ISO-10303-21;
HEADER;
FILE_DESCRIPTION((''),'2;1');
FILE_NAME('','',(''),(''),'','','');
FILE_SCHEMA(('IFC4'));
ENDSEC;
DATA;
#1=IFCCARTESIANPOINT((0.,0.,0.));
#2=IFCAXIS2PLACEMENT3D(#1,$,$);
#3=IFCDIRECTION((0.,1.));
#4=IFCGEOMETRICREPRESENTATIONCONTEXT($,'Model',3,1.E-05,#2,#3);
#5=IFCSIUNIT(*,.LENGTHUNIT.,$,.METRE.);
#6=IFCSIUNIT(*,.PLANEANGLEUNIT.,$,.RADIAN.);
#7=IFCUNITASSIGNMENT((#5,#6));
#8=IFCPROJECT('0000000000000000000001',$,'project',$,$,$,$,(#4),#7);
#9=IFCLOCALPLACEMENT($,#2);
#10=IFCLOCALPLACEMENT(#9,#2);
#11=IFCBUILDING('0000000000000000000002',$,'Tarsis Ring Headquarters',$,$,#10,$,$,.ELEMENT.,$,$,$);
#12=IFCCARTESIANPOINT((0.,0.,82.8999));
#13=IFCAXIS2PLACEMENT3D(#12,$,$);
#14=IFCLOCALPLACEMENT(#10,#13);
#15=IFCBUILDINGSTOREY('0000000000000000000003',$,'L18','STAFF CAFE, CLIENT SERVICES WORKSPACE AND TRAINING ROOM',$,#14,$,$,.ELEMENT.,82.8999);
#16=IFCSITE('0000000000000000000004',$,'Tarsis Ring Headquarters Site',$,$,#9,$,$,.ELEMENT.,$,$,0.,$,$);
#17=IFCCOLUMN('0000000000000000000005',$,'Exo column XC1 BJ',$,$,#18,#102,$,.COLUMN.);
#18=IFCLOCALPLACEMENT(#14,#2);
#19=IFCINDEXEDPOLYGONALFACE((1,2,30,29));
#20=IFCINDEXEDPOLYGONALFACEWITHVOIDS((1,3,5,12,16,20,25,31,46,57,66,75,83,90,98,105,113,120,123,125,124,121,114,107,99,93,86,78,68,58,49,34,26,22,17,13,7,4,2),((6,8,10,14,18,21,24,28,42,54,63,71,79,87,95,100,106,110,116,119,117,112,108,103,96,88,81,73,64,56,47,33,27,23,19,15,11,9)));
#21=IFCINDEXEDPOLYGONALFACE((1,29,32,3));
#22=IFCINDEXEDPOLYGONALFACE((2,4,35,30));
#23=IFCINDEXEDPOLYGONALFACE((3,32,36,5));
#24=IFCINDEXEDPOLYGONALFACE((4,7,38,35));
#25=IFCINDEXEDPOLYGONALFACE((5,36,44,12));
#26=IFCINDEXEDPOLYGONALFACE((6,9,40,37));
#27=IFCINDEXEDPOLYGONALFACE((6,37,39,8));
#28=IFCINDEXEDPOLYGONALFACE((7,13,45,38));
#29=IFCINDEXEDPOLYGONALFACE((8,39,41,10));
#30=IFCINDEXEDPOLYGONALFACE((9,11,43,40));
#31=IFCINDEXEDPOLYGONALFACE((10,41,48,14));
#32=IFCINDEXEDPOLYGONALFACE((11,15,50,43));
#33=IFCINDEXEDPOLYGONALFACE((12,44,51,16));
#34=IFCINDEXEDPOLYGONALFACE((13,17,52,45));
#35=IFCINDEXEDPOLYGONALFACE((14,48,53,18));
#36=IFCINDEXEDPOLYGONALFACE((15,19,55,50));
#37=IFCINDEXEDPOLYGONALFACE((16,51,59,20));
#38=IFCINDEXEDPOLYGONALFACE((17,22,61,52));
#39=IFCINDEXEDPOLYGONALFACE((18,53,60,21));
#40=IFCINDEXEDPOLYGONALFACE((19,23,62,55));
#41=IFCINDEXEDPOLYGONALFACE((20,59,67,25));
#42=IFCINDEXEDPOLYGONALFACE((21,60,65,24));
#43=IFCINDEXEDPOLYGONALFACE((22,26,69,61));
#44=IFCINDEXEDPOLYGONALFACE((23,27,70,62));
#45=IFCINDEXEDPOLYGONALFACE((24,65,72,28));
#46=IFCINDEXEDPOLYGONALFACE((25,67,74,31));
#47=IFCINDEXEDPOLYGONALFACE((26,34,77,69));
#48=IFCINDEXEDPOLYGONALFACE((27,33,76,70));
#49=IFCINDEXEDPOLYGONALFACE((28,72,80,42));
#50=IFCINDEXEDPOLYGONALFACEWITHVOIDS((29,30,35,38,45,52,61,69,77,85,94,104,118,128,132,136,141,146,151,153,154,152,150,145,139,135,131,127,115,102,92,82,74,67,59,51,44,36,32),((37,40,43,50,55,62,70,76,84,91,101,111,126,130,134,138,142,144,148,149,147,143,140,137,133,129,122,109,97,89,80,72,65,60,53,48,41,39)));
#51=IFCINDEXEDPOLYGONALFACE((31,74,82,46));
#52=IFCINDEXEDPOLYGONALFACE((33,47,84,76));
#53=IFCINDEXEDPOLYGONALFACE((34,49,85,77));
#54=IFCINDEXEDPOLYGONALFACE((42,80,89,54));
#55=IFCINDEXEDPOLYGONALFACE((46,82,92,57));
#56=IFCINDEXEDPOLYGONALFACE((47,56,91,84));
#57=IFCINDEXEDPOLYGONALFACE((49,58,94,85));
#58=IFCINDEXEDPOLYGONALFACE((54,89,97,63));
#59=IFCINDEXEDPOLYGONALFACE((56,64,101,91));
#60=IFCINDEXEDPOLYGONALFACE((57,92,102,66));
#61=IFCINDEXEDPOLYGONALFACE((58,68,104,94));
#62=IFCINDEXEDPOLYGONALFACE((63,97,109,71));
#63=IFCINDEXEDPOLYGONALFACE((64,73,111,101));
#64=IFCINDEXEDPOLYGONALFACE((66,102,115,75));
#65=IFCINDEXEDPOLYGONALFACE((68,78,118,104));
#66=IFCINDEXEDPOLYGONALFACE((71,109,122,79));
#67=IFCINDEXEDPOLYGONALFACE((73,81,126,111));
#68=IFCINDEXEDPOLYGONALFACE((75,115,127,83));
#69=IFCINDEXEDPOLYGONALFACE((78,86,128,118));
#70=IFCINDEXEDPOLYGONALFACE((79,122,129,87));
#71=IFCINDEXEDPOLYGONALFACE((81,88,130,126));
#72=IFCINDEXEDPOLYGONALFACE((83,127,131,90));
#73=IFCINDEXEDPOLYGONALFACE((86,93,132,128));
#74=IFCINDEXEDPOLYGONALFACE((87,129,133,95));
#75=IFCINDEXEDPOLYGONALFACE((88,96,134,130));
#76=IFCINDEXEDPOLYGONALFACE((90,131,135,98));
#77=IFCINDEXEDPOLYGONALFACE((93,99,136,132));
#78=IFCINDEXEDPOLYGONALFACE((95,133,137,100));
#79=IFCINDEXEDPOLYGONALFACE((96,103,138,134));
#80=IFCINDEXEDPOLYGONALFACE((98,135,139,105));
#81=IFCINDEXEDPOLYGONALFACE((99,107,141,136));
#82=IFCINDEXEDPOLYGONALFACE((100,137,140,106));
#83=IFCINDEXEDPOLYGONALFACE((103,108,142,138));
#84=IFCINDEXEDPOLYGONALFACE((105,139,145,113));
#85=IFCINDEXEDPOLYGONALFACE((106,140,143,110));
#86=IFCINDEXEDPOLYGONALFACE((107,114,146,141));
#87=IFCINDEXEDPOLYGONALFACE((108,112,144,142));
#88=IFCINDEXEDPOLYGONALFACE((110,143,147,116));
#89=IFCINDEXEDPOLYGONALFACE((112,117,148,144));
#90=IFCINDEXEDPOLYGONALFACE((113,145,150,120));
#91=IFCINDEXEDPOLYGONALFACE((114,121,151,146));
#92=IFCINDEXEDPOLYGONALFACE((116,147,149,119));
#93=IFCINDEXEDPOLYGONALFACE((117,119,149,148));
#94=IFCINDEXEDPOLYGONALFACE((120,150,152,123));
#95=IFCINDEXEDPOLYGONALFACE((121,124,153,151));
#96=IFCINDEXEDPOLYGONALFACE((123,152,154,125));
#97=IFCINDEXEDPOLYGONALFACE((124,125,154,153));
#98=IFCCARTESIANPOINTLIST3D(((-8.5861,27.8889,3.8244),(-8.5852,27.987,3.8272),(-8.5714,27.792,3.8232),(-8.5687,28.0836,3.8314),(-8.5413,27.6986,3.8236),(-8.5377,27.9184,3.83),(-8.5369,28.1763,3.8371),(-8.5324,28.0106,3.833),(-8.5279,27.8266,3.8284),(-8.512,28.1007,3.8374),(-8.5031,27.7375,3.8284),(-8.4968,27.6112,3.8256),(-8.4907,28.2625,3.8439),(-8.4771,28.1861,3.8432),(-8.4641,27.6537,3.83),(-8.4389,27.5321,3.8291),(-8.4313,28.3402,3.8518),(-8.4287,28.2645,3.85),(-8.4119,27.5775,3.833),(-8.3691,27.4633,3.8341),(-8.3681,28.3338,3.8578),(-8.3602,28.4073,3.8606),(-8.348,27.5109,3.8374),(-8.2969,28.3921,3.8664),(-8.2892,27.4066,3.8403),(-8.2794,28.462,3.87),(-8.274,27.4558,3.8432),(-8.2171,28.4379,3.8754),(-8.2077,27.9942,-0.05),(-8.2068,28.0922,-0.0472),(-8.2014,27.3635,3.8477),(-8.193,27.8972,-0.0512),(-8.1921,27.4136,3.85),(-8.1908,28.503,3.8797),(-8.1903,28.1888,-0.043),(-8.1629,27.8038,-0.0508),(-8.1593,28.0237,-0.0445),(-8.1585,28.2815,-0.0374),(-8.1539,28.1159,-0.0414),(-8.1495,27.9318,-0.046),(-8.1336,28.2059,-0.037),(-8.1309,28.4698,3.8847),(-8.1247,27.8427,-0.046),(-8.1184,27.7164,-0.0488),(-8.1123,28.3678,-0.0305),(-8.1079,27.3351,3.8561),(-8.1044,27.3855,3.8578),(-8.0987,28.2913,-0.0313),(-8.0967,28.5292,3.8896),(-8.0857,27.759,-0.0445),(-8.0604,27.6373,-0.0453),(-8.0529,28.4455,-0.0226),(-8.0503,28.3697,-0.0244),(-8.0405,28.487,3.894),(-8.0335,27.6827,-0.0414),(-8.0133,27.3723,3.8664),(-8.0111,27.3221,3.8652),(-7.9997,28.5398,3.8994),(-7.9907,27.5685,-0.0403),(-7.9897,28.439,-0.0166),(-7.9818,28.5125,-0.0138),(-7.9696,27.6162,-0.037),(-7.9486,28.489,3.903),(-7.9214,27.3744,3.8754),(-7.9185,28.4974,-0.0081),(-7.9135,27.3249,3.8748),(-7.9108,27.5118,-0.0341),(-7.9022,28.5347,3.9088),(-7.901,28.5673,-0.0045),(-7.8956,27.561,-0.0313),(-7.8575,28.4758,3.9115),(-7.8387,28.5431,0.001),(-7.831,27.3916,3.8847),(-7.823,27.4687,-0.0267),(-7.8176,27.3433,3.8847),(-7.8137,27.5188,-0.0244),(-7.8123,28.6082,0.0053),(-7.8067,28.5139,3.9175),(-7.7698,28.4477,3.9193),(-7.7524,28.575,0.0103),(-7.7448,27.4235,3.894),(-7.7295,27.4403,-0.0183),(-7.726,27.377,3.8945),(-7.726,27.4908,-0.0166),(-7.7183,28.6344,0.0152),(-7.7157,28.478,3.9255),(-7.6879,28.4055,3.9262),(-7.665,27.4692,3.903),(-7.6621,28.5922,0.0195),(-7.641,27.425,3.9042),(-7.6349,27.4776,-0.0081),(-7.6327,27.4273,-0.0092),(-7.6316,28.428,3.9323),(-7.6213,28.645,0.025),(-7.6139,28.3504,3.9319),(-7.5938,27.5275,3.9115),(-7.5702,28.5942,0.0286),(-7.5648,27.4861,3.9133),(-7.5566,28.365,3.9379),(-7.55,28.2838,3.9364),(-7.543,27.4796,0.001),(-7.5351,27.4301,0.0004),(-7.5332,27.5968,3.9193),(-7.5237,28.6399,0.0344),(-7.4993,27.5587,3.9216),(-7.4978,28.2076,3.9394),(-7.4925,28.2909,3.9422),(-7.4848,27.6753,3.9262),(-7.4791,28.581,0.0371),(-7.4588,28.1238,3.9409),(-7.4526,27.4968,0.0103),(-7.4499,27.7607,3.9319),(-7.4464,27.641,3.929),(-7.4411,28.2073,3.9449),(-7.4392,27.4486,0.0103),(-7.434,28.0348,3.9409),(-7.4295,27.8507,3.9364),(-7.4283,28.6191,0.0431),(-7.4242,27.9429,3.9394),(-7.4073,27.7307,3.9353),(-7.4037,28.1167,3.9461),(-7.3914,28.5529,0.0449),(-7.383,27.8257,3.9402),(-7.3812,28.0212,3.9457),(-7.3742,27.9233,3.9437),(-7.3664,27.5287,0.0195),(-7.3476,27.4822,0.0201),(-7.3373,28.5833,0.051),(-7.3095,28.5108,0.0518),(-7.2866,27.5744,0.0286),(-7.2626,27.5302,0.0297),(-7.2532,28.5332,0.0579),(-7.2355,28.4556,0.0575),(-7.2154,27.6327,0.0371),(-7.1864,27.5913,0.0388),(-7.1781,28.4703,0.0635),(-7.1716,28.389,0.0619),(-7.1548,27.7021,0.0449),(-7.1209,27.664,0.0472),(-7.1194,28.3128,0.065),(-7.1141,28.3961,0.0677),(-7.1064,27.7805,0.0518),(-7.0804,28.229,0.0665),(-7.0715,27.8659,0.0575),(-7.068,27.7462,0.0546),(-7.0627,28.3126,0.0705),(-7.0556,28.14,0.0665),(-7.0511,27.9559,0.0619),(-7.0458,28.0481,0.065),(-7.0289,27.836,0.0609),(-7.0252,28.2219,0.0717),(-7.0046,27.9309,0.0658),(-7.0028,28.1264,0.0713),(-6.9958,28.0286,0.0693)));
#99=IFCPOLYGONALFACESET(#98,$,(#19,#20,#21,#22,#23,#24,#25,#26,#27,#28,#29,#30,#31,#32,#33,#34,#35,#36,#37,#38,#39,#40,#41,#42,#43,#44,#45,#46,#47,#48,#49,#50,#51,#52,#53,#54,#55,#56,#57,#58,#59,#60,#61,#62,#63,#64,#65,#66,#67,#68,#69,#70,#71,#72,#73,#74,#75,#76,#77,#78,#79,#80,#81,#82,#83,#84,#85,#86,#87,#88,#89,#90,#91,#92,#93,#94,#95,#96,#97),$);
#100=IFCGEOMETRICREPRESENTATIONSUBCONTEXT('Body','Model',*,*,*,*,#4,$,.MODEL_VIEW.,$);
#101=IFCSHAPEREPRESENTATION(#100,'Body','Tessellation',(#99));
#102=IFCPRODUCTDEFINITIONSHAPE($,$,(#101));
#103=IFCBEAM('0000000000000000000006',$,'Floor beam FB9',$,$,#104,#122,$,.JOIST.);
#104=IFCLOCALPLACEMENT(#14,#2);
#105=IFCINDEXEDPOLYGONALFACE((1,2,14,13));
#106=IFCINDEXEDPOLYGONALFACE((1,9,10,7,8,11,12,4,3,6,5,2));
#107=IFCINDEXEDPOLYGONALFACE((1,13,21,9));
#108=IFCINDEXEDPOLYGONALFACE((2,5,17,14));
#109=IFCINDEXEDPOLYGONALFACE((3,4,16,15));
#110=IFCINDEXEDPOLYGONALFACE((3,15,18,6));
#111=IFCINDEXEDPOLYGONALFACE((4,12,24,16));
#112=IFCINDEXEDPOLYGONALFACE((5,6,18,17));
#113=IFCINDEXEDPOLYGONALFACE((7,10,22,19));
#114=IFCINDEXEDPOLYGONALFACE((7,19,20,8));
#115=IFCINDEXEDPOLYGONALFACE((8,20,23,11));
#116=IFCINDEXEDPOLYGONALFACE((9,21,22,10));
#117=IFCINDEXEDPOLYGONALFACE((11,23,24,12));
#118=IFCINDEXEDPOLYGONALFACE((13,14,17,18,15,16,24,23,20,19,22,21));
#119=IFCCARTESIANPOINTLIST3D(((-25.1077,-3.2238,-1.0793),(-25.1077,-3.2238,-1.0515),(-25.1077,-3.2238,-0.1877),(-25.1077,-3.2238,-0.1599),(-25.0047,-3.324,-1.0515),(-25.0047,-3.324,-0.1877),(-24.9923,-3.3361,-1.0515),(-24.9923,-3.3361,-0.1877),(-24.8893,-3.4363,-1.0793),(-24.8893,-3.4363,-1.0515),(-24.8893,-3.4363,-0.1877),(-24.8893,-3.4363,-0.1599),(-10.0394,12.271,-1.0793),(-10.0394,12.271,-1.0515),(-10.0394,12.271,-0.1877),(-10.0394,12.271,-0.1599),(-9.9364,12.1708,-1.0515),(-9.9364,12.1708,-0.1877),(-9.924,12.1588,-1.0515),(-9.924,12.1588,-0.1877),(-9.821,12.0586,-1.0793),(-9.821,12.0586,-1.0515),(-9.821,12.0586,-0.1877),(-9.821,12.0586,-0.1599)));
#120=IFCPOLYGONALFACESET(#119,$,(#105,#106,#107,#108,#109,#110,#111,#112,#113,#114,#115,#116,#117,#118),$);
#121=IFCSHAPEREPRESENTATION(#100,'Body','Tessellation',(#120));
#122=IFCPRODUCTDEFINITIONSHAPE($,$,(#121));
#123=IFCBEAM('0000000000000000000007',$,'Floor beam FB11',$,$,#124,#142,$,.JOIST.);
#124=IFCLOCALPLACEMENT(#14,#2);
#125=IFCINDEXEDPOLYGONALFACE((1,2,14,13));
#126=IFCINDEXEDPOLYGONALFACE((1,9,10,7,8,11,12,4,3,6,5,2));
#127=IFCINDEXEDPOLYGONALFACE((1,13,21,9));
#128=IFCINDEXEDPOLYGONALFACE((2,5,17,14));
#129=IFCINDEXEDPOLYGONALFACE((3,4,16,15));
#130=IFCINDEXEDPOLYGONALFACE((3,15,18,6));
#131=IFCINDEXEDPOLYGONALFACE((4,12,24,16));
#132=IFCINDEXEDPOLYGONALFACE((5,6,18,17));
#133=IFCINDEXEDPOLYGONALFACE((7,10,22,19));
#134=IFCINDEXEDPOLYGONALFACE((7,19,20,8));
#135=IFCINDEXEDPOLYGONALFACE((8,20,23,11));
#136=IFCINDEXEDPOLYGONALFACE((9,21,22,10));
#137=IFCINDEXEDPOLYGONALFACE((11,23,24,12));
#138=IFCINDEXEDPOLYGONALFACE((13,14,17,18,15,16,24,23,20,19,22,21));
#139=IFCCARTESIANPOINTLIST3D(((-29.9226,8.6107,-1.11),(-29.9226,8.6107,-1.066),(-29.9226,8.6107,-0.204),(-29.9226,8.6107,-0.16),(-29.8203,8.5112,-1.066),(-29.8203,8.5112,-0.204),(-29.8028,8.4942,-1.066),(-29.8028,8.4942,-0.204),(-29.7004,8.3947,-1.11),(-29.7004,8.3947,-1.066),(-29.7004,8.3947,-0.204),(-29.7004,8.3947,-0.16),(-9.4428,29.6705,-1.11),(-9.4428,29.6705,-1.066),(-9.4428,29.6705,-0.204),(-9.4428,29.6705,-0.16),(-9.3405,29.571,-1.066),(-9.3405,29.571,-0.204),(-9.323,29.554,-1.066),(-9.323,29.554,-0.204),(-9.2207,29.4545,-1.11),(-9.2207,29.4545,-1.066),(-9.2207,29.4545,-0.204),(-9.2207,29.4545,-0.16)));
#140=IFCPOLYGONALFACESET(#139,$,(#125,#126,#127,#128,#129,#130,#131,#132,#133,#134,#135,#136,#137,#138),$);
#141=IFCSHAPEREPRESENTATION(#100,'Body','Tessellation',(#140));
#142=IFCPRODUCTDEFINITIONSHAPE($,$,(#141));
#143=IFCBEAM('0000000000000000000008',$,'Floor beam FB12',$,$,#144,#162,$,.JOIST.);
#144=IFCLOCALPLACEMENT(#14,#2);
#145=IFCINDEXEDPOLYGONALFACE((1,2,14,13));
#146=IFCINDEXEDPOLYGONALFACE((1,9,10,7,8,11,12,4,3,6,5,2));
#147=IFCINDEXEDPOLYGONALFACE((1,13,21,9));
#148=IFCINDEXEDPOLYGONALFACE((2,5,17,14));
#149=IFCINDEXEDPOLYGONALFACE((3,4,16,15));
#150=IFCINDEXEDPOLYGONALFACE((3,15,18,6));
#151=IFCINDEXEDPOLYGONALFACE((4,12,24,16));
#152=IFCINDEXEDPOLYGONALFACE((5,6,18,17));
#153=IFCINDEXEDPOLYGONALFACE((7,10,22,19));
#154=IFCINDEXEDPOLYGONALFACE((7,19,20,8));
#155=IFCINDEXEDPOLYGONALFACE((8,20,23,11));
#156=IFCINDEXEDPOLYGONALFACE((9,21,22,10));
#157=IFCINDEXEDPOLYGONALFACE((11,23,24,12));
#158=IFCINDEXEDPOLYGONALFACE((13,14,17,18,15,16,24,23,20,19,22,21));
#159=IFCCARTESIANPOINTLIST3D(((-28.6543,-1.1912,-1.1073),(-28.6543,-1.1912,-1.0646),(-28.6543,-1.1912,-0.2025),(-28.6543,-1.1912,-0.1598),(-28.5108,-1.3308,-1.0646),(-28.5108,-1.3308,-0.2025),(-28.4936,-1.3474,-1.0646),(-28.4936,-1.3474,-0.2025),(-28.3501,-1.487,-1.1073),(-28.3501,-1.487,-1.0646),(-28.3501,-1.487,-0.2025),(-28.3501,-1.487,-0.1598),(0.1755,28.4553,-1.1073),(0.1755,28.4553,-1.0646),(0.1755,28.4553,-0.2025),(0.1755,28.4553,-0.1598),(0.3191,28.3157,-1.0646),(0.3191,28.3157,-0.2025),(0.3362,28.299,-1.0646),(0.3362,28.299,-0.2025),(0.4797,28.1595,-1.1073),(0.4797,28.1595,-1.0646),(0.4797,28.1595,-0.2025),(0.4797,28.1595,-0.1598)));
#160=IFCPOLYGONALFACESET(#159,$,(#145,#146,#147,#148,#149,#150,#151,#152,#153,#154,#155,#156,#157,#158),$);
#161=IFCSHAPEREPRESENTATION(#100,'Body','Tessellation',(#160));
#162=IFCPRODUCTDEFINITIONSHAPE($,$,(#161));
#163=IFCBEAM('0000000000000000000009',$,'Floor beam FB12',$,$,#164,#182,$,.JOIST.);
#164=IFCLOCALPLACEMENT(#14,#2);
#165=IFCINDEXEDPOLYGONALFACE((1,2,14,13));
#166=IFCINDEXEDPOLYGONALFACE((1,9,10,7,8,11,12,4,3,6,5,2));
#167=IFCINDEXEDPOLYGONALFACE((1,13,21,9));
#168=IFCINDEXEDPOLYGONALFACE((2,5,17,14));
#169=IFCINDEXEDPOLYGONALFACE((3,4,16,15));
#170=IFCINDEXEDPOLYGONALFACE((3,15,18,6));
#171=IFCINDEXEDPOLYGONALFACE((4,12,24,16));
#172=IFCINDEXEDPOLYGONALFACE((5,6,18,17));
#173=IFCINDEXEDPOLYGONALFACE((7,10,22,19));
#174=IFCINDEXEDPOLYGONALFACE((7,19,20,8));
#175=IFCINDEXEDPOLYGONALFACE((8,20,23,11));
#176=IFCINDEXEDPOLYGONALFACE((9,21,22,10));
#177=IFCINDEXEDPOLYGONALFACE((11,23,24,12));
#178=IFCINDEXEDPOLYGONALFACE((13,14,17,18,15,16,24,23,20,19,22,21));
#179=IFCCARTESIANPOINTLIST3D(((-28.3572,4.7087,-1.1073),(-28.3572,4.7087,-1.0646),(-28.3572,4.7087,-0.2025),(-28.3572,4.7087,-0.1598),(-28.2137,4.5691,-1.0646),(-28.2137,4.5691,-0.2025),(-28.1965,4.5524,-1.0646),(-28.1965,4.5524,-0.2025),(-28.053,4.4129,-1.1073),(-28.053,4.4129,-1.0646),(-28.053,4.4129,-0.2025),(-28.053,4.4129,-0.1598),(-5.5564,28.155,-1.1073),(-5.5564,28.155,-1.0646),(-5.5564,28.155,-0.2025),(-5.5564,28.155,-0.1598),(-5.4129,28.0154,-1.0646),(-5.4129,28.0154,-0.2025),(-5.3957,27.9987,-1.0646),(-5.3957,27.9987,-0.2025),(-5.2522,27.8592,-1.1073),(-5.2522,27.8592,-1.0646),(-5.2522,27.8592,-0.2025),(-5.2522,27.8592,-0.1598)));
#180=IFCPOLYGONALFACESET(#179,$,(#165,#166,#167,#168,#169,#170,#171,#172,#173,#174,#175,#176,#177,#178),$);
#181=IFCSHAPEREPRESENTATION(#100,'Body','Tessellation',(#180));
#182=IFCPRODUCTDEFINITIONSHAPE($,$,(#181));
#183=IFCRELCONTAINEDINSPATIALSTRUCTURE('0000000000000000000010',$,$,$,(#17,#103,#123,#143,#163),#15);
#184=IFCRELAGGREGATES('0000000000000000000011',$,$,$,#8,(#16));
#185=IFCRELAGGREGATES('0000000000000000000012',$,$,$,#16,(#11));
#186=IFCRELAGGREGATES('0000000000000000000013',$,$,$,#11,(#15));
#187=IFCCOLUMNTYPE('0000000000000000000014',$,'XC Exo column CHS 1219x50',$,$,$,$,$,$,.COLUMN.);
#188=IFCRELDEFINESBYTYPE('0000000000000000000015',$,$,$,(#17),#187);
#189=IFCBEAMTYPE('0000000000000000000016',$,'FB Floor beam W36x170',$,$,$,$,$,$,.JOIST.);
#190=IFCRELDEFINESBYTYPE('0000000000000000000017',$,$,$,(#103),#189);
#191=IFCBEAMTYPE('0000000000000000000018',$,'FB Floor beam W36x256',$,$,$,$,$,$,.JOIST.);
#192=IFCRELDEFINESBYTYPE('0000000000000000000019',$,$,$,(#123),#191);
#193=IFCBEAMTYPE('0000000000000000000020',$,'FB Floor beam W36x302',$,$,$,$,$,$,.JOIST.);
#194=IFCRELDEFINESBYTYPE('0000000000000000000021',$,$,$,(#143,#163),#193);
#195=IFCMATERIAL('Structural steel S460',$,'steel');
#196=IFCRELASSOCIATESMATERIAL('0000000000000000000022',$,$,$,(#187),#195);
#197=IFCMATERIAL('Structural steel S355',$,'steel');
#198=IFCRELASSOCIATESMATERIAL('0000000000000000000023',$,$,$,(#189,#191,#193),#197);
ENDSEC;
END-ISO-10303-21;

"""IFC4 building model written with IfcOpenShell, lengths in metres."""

from ifc_helpers import new_model, si_unit, direction, frame, origin, origin_2d, place, context, subcontext, project, spatial, hollow_circle, i_section, extrude, material, material_profile, profile_set, type_object, element, save


model = new_model("IFC4")

# Units and contexts
model_context = context("Model", 3, precision=1e-05, world=origin(), true_north=direction((0.0, 1.0)))
body_context = subcontext(model_context, "Body", "Model", "MODEL_VIEW")
ifc_project = project(units=[si_unit("LENGTHUNIT", "METRE"), si_unit("PLANEANGLEUNIT", "RADIAN")], contexts=[model_context])

# Site, building, storey
site_placement = place(None, origin())
site = spatial("IfcSite", under=ifc_project, at=site_placement, Name="Tarsis Ring Headquarters Site", CompositionType="ELEMENT", RefElevation=0.0)
building_placement = place(site_placement, origin())
building = spatial("IfcBuilding", under=site, at=building_placement, Name="Tarsis Ring Headquarters", CompositionType="ELEMENT")
storey_placement = place(building_placement, frame((0.0, 0.0, 82.8999)))
storey = spatial("IfcBuildingStorey", under=building, at=storey_placement, Name="L18", Description="STAFF CAFE, CLIENT SERVICES WORKSPACE AND TRAINING ROOM", CompositionType="ELEMENT", Elevation=82.8999)

# Column
ifc_material_1 = material(Name="Structural steel S460", Category="steel")
ifc_material_profile_1 = material_profile(ifc_material_1, hollow_circle(Radius=0.6096, WallThickness=0.05, at=origin_2d()), Name="CHS 1219x50")
ifc_profile_set_1 = profile_set([ifc_material_profile_1], Name="Structural steel S460")
column_type = type_object("IfcColumnType", Name="XC Exo column CHS 1219x50", PredefinedType="COLUMN", material=ifc_profile_set_1)
column_placement = place(storey_placement, frame((-7.6025, 28.0359, 0.0103), z_axis=(-0.097171, -0.02702, 0.994901), x_axis=(0.2679, -0.963447, 0.0)))
element("IfcColumn", 1, at=column_placement, inside=storey, type_object=column_type, Name="Exo column XC1 BJ", PredefinedType="COLUMN", context=body_context, shape_type="SweptSolid", body=[
    extrude(hollow_circle(Radius=0.6096, WallThickness=0.05, at=origin_2d()), origin(), (0.0, 0.0, 1.0), 3.8943),
])

# Beams
ifc_material_2 = material(Name="Structural steel S355", Category="steel")
ifc_material_profile_2 = material_profile(ifc_material_2, i_section(OverallWidth=0.3047, OverallDepth=0.9194, WebThickness=0.0173, FlangeThickness=0.0278, at=origin_2d()), Name="W36x170")
ifc_profile_set_2 = profile_set([ifc_material_profile_2], Name="Structural steel S355")
beam_type_1 = type_object("IfcBeamType", Name="FB Floor beam W36x170", PredefinedType="JOIST", material=ifc_profile_set_2)
beam_1_placement = place(storey_placement, frame((-9.9302, 12.1648, -0.6196), z_axis=(-0.697171, -0.716905, 0.0), x_axis=(0.716905, -0.697171, 0.0)))
element("IfcBeam", 2, at=beam_1_placement, inside=storey, type_object=beam_type_1, Name="Floor beam FB9", PredefinedType="JOIST", context=body_context, shape_type="SweptSolid", body=[
    extrude(i_section(OverallWidth=0.3047, OverallDepth=0.9194, WebThickness=0.0173, FlangeThickness=0.0278, at=origin_2d()), origin(), (0.0, 0.0, 1.0), 21.6135),
])
ifc_material_profile_3 = material_profile(ifc_material_2, i_section(OverallWidth=0.3098, OverallDepth=0.95, WebThickness=0.0244, FlangeThickness=0.0439, at=origin_2d()), Name="W36x256")
ifc_profile_set_3 = profile_set([ifc_material_profile_3], Name="Structural steel S355")
beam_type_2 = type_object("IfcBeamType", Name="FB Floor beam W36x256", PredefinedType="JOIST", material=ifc_profile_set_3)
beam_2_placement = place(storey_placement, frame((-9.3318, 29.5625, -0.635), z_axis=(-0.697164, -0.716911, 0.0), x_axis=(0.716911, -0.697164, 0.0)))
element("IfcBeam", 3, at=beam_2_placement, inside=storey, type_object=beam_type_2, Name="Floor beam FB11", PredefinedType="JOIST", context=body_context, shape_type="SweptSolid", body=[
    extrude(i_section(OverallWidth=0.3098, OverallDepth=0.95, WebThickness=0.0244, FlangeThickness=0.0439, at=origin_2d()), origin(), (0.0, 0.0, 1.0), 29.3757),
])
ifc_material_profile_4 = material_profile(ifc_material_2, i_section(OverallWidth=0.4243, OverallDepth=0.9475, WebThickness=0.0239, FlangeThickness=0.0427, at=origin_2d()), Name="W36x302")
ifc_profile_set_4 = profile_set([ifc_material_profile_4], Name="Structural steel S355")
beam_type_3 = type_object("IfcBeamType", Name="FB Floor beam W36x302", PredefinedType="JOIST", material=ifc_profile_set_4)
beam_3_placement = place(storey_placement, frame((0.3276, 28.3074, -0.6335), z_axis=(-0.697164, -0.716912, 0.0), x_axis=(0.716912, -0.697164, 0.0)))
element("IfcBeam", 4, at=beam_3_placement, inside=storey, type_object=beam_type_3, Name="Floor beam FB12", PredefinedType="JOIST", context=body_context, shape_type="SweptSolid", body=[
    extrude(i_section(OverallWidth=0.4243, OverallDepth=0.9475, WebThickness=0.0239, FlangeThickness=0.0427, at=origin_2d()), origin(), (0.0, 0.0, 1.0), 41.353),
])
beam_4_placement = place(storey_placement, frame((-5.4043, 28.0071, -0.6335), z_axis=(-0.697169, -0.716907, 0.0), x_axis=(0.716907, -0.697169, 0.0)))
element("IfcBeam", 5, at=beam_4_placement, inside=storey, type_object=beam_type_3, Name="Floor beam FB12", PredefinedType="JOIST", context=body_context, shape_type="SweptSolid", body=[
    extrude(i_section(OverallWidth=0.4243, OverallDepth=0.9475, WebThickness=0.0239, FlangeThickness=0.0427, at=origin_2d()), origin(), (0.0, 0.0, 1.0), 32.7048),
])

save(model, "model.ifc")
